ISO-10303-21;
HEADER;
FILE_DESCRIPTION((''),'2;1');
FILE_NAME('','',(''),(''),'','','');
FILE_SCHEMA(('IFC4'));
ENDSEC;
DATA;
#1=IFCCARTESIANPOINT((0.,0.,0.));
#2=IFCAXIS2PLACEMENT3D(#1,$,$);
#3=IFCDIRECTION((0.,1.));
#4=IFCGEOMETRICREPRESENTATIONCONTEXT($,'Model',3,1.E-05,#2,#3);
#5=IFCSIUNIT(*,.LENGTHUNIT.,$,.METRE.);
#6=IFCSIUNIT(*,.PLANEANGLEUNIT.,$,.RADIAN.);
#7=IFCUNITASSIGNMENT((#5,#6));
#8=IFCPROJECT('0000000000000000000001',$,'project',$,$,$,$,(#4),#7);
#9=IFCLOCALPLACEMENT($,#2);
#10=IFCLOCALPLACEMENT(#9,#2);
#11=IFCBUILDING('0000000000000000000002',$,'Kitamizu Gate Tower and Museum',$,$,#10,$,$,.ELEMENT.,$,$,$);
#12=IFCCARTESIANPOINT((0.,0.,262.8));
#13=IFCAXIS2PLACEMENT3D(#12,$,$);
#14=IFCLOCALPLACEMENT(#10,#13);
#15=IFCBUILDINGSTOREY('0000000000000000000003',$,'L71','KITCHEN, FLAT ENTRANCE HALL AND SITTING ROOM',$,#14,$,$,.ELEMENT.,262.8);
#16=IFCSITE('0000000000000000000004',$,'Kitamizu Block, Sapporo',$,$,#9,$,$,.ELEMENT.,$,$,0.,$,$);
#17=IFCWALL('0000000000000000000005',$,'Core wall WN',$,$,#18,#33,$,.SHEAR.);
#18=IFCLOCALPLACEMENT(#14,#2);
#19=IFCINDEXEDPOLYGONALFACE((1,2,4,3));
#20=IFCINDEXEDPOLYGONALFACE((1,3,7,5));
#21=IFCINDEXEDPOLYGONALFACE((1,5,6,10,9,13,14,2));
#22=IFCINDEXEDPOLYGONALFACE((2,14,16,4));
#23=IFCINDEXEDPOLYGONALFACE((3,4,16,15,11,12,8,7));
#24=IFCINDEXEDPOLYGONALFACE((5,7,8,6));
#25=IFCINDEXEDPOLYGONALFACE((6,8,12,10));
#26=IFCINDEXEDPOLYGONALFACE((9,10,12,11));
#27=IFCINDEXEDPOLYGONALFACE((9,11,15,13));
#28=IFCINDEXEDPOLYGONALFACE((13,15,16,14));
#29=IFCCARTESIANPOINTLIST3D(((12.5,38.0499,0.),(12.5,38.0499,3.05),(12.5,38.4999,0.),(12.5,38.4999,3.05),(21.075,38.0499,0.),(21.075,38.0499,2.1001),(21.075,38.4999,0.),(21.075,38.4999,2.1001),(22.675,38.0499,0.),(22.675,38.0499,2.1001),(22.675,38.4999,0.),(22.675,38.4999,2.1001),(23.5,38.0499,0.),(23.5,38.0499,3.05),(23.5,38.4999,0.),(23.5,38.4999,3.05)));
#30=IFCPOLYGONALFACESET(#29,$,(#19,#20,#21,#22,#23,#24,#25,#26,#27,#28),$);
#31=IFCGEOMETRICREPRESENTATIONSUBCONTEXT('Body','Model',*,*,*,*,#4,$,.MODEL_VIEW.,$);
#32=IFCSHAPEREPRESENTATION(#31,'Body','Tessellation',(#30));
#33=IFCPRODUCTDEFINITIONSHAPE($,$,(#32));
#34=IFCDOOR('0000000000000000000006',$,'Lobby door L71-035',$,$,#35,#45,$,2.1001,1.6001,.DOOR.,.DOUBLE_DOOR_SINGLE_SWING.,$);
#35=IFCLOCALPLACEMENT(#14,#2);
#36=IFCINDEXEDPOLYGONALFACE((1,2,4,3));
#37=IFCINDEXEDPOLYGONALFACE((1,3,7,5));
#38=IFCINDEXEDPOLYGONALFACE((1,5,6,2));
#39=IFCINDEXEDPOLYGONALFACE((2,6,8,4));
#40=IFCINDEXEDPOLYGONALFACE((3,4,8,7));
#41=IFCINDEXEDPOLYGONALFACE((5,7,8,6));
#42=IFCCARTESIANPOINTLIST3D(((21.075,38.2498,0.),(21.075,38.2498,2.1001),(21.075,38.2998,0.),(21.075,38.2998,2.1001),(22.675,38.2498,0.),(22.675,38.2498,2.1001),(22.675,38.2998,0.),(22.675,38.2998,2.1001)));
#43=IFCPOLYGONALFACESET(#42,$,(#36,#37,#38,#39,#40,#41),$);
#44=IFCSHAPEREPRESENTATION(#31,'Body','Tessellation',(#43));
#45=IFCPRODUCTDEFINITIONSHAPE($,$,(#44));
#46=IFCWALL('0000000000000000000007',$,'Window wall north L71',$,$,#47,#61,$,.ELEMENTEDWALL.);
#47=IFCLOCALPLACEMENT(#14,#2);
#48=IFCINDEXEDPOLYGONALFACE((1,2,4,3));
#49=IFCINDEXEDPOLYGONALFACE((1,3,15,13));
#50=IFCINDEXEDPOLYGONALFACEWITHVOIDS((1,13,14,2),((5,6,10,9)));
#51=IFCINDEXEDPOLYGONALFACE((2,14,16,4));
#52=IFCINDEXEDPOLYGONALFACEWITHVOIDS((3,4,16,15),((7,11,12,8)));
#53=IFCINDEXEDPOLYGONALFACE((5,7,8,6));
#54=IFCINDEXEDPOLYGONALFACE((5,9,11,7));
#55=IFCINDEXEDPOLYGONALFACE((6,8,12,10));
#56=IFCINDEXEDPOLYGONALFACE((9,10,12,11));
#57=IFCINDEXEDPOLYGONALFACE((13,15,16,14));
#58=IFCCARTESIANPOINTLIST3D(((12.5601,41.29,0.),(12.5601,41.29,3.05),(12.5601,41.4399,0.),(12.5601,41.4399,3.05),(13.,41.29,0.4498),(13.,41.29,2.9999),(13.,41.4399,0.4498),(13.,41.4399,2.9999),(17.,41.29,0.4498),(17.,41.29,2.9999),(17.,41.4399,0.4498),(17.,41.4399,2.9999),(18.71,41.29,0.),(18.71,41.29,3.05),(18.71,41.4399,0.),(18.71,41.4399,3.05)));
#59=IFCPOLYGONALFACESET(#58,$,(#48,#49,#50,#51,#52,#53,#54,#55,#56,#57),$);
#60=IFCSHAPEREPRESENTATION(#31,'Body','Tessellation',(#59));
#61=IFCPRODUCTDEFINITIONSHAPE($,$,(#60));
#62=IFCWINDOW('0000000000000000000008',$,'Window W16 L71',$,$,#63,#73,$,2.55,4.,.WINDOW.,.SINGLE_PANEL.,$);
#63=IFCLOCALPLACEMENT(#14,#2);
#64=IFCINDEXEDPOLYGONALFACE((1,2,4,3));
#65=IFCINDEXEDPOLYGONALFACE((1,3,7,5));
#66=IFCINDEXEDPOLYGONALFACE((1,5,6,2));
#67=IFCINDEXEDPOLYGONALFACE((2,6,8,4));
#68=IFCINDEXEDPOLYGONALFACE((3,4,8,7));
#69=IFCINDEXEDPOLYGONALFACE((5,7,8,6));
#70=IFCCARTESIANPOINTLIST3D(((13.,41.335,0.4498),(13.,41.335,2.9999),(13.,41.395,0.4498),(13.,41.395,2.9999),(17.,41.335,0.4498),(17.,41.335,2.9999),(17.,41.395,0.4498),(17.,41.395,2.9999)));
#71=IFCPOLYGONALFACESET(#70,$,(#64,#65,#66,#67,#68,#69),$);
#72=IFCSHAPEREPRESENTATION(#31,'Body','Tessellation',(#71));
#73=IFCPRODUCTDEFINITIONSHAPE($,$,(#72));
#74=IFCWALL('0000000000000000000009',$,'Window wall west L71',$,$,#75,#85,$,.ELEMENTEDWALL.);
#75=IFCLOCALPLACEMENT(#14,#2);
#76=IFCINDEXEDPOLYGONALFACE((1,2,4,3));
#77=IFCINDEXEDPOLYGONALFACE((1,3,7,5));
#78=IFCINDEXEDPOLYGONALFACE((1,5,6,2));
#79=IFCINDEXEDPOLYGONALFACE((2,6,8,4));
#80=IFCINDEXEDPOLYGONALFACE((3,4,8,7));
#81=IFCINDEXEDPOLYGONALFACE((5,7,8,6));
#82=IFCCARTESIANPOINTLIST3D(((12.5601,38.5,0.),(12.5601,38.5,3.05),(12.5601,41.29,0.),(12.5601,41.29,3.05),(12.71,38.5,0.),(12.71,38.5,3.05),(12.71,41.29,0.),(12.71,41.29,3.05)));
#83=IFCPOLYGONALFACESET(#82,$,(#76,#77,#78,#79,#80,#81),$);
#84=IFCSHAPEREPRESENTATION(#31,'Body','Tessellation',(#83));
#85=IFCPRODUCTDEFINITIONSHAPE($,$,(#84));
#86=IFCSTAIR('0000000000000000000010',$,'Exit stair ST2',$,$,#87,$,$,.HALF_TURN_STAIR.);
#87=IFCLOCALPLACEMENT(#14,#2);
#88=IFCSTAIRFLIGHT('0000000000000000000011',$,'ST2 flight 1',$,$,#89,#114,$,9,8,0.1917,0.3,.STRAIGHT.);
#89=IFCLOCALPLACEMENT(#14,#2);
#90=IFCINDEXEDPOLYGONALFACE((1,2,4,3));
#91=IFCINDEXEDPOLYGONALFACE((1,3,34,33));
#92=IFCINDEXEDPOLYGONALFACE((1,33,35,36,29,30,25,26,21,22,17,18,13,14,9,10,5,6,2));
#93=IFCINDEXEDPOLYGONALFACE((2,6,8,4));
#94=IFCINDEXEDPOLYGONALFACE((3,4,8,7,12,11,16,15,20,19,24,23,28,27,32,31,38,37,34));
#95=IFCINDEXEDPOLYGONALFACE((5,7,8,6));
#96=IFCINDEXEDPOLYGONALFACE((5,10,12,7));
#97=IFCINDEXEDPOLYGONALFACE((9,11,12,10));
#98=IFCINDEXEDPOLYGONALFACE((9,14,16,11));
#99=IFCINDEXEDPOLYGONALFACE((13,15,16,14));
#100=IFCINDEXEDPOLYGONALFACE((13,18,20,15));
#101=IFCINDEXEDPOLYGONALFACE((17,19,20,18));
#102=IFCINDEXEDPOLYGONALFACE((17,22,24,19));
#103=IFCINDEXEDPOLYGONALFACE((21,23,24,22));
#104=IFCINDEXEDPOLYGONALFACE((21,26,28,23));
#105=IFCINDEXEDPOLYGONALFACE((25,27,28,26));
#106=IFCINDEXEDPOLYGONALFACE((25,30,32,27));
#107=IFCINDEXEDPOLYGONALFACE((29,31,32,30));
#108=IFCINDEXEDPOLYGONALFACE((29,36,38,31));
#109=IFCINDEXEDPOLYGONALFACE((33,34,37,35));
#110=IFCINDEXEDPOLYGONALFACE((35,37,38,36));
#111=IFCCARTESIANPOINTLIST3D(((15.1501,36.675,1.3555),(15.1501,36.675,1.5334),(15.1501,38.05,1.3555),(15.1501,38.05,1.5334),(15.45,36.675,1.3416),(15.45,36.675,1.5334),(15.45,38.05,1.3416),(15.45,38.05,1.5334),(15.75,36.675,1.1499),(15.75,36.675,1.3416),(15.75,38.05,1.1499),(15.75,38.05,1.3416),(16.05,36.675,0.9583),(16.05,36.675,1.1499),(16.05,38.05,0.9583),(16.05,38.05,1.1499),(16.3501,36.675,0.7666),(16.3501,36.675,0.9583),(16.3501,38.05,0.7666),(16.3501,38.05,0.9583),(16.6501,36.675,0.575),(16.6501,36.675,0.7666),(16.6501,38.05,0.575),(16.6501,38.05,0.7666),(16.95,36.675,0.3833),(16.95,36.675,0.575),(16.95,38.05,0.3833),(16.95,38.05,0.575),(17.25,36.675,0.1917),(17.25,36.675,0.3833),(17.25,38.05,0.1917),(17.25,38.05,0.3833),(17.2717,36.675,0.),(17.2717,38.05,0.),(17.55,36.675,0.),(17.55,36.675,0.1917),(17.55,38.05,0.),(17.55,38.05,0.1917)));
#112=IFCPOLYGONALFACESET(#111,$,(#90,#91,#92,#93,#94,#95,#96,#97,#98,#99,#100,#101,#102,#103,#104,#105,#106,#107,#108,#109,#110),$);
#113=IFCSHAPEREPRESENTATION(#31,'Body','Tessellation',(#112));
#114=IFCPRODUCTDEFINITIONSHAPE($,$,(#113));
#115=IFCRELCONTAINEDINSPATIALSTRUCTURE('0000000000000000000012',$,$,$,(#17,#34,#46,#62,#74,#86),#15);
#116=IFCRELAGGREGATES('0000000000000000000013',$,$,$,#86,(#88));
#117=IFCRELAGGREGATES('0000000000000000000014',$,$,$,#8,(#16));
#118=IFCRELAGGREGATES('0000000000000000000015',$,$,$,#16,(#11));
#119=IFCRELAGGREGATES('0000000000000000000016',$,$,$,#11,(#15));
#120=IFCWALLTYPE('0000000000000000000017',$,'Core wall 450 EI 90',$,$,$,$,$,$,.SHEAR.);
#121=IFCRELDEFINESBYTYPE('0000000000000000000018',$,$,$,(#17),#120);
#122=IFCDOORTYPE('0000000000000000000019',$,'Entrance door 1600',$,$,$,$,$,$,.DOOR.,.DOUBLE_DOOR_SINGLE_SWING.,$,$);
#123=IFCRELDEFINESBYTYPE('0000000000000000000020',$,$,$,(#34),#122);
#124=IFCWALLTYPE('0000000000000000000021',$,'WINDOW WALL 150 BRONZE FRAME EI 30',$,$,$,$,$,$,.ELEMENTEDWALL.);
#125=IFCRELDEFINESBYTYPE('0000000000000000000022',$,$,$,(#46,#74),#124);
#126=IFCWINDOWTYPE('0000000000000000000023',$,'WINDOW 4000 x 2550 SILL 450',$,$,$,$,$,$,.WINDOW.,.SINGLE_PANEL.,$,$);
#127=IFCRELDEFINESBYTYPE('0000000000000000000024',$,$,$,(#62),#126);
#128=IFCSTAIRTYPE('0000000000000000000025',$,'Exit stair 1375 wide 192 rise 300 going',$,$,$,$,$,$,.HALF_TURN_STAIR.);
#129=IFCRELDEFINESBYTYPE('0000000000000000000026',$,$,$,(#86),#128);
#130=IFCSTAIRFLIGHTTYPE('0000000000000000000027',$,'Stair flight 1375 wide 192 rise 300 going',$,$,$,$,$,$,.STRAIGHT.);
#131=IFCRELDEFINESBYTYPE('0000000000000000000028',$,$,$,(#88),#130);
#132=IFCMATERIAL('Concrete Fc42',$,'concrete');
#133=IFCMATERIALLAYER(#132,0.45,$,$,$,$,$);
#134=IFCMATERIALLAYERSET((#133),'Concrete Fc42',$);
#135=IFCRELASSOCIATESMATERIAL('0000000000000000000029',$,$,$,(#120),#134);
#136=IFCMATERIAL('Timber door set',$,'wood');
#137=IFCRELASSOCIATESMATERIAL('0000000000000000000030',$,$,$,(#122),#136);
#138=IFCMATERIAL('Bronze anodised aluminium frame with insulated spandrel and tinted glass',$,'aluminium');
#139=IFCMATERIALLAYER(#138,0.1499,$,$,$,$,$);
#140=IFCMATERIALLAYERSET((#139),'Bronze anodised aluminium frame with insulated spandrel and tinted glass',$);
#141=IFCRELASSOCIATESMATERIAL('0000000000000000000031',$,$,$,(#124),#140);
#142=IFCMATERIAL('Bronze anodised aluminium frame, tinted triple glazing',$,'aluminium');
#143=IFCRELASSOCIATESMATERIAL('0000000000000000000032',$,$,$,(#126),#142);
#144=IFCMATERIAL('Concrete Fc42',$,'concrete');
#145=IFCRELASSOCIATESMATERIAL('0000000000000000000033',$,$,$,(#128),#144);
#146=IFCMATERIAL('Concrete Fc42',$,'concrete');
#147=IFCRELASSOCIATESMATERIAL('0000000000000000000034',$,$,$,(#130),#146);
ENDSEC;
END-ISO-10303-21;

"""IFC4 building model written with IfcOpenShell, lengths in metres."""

from ifc_helpers import new_model, si_unit, direction, frame, frame_2d, origin, place, context, subcontext, project, spatial, polyline, rectangle, outline, extrude, material, layer, layer_set, type_object, element, fill, aggregate, save


model = new_model("IFC4")

# Units and contexts
model_context = context("Model", 3, precision=1e-05, world=origin(), true_north=direction((0.0, 1.0)))
body_context = subcontext(model_context, "Body", "Model", "MODEL_VIEW")
ifc_project = project(units=[si_unit("LENGTHUNIT", "METRE"), si_unit("PLANEANGLEUNIT", "RADIAN")], contexts=[model_context])

# Site, building, storey
site_placement = place(None, origin())
site = spatial("IfcSite", under=ifc_project, at=site_placement, Name="Kitamizu Block, Sapporo", CompositionType="ELEMENT", RefElevation=0.0)
building_placement = place(site_placement, origin())
building = spatial("IfcBuilding", under=site, at=building_placement, Name="Kitamizu Gate Tower and Museum", CompositionType="ELEMENT")
storey_placement = place(building_placement, frame((0.0, 0.0, 262.8)))
storey = spatial("IfcBuildingStorey", under=building, at=storey_placement, Name="L71", Description="KITCHEN, FLAT ENTRANCE HALL AND SITTING ROOM", CompositionType="ELEMENT", Elevation=262.8)

# Wall, opening, door
ifc_material_1 = material(Name="Concrete Fc42", Category="concrete")
ifc_layer_1 = layer(ifc_material_1, 0.45)
ifc_layer_set_1 = layer_set([ifc_layer_1], Name="Concrete Fc42")
wall_type_1 = type_object("IfcWallType", Name="Core wall 450 EI 90", PredefinedType="SHEAR", material=ifc_layer_set_1)
wall_1_placement = place(storey_placement, frame((12.5, 38.2749, 0.0), z_axis=(0.0, 0.0, 1.0), x_axis=(1.0, 0.0, 0.0)))
wall_1 = element("IfcWall", 1, at=wall_1_placement, inside=storey, type_object=wall_type_1, Name="Core wall WN", PredefinedType="SHEAR", context=body_context, shape_type="SweptSolid", body=[
    extrude(rectangle(XDim=11.0, YDim=0.45, at=frame_2d((5.5, 0.0))), origin(), (0.0, 0.0, 1.0), 3.05),
])
opening_1_placement = place(wall_1_placement, frame((8.575, 0.0, 0.0)))
opening_1 = element("IfcOpeningElement", 2, at=opening_1_placement, cuts=wall_1, PredefinedType="OPENING", context=body_context, shape_type="SweptSolid", body=[
    extrude(rectangle(XDim=1.6001, YDim=2.1001, at=frame_2d((0.8, 1.05))), frame((0.0, 0.2349, 0.0), z_axis=(0.0, -1.0, 0.0), x_axis=(1.0, 0.0, 0.0)), (0.0, 0.0, 1.0), 0.47),
])
ifc_material_2 = material(Name="Timber door set", Category="wood")
door_type = type_object("IfcDoorType", Name="Entrance door 1600", OperationType="DOUBLE_DOOR_SINGLE_SWING", PredefinedType="DOOR", material=ifc_material_2)
door_placement = place(opening_1_placement, origin())
door = element("IfcDoor", 3, at=door_placement, inside=storey, type_object=door_type, Name="Lobby door L71-035", OperationType="DOUBLE_DOOR_SINGLE_SWING", OverallHeight=2.1001, OverallWidth=1.6001, PredefinedType="DOOR", context=body_context, shape_type="SweptSolid", body=[
    extrude(rectangle(XDim=1.6001, YDim=2.1001, at=frame_2d((0.8, 1.05))), frame((0.0, 0.0249, 0.0), z_axis=(0.0, -1.0, 0.0), x_axis=(1.0, 0.0, 0.0)), (0.0, 0.0, 1.0), 0.05),
])
fill(opening_1, door)

# Wall, opening, window
ifc_material_3 = material(Name="Bronze anodised aluminium frame with insulated spandrel and tinted glass", Category="aluminium")
ifc_layer_2 = layer(ifc_material_3, 0.1499)
ifc_layer_set_2 = layer_set([ifc_layer_2], Name="Bronze anodised aluminium frame with insulated spandrel and tinted glass")
wall_type_2 = type_object("IfcWallType", Name="WINDOW WALL 150 BRONZE FRAME EI 30", PredefinedType="ELEMENTEDWALL", material=ifc_layer_set_2)
wall_2_placement = place(storey_placement, frame((12.5601, 41.365, 0.0), z_axis=(0.0, 0.0, 1.0), x_axis=(1.0, 0.0, 0.0)))
wall_2 = element("IfcWall", 4, at=wall_2_placement, inside=storey, type_object=wall_type_2, Name="Window wall north L71", PredefinedType="ELEMENTEDWALL", context=body_context, shape_type="SweptSolid", body=[
    extrude(rectangle(XDim=6.1499, YDim=0.1499, at=frame_2d((3.075, 0.0))), origin(), (0.0, 0.0, 1.0), 3.05),
])
opening_2_placement = place(wall_2_placement, frame((0.4399, 0.0, 0.45)))
opening_2 = element("IfcOpeningElement", 5, at=opening_2_placement, cuts=wall_2, PredefinedType="OPENING", context=body_context, shape_type="SweptSolid", body=[
    extrude(rectangle(XDim=4.0, YDim=2.55, at=frame_2d((2.0, 1.2749))), frame((0.0, 0.085, 0.0), z_axis=(0.0, -1.0, 0.0), x_axis=(1.0, 0.0, 0.0)), (0.0, 0.0, 1.0), 0.1699),
])
ifc_material_4 = material(Name="Bronze anodised aluminium frame, tinted triple glazing", Category="aluminium")
window_type = type_object("IfcWindowType", Name="WINDOW 4000 x 2550 SILL 450", PartitioningType="SINGLE_PANEL", PredefinedType="WINDOW", material=ifc_material_4)
window_placement = place(opening_2_placement, origin())
window = element("IfcWindow", 6, at=window_placement, inside=storey, type_object=window_type, Name="Window W16 L71", OverallHeight=2.55, OverallWidth=4.0, PartitioningType="SINGLE_PANEL", PredefinedType="WINDOW", context=body_context, shape_type="SweptSolid", body=[
    extrude(rectangle(XDim=4.0, YDim=2.55, at=frame_2d((2.0, 1.2749))), frame((0.0, 0.03, 0.0), z_axis=(0.0, -1.0, 0.0), x_axis=(1.0, 0.0, 0.0)), (0.0, 0.0, 1.0), 0.0601),
])
fill(opening_2, window)

# Wall
wall_3_placement = place(storey_placement, frame((12.635, 38.5, 0.0), z_axis=(0.0, 0.0, 1.0), x_axis=(0.0, 1.0, 0.0)))
element("IfcWall", 7, at=wall_3_placement, inside=storey, type_object=wall_type_2, Name="Window wall west L71", PredefinedType="ELEMENTEDWALL", context=body_context, shape_type="SweptSolid", body=[
    extrude(rectangle(XDim=2.79, YDim=0.1499, at=frame_2d((1.395, 0.0))), origin(), (0.0, 0.0, 1.0), 3.05),
])

# Stair, stair flight
ifc_material_5 = material(Name="Concrete Fc42", Category="concrete")
stair_type = type_object("IfcStairType", Name="Exit stair 1375 wide 192 rise 300 going", PredefinedType="HALF_TURN_STAIR", material=ifc_material_5)
stair_placement = place(storey_placement, origin())
stair = element("IfcStair", 8, at=stair_placement, inside=storey, type_object=stair_type, Name="Exit stair ST2", PredefinedType="HALF_TURN_STAIR")
ifc_material_6 = material(Name="Concrete Fc42", Category="concrete")
stair_flight_type = type_object("IfcStairFlightType", Name="Stair flight 1375 wide 192 rise 300 going", PredefinedType="STRAIGHT", material=ifc_material_6)
stair_flight_placement = place(storey_placement, frame((17.55, 37.3625, 0.0), z_axis=(0.0, 0.0, 1.0), x_axis=(-1.0, 0.0, 0.0)))
stair_flight = element("IfcStairFlight", 9, at=stair_flight_placement, type_object=stair_flight_type, Name="ST2 flight 1", NumberOfRisers=9, NumberOfTreads=8, PredefinedType="STRAIGHT", RiserHeight=0.1917, TreadLength=0.3, context=body_context, shape_type="SweptSolid", body=[
    extrude(outline(polyline([(0.0, 0.0), (0.0, 0.1917), (0.3, 0.1917), (0.3, 0.3833), (0.6001, 0.3833), (0.6001, 0.575), (0.8999, 0.575), (0.8999, 0.7666), (1.2, 0.7666), (1.2, 0.9583), (1.5, 0.9583), (1.5, 1.1499), (1.8, 1.1499), (1.8, 1.3416), (2.1001, 1.3416), (2.1001, 1.5334), (2.3999, 1.5334), (2.3999, 1.7251), (2.3999, 1.3555), (0.2783, 0.0), (0.0, 0.0)])), frame((0.0, 0.6875, 0.0), z_axis=(0.0, -1.0, 0.0), x_axis=(1.0, 0.0, 0.0)), (0.0, 0.0, 1.0), 1.375),
])
aggregate(stair, [stair_flight])

save(model, "model.ifc")
